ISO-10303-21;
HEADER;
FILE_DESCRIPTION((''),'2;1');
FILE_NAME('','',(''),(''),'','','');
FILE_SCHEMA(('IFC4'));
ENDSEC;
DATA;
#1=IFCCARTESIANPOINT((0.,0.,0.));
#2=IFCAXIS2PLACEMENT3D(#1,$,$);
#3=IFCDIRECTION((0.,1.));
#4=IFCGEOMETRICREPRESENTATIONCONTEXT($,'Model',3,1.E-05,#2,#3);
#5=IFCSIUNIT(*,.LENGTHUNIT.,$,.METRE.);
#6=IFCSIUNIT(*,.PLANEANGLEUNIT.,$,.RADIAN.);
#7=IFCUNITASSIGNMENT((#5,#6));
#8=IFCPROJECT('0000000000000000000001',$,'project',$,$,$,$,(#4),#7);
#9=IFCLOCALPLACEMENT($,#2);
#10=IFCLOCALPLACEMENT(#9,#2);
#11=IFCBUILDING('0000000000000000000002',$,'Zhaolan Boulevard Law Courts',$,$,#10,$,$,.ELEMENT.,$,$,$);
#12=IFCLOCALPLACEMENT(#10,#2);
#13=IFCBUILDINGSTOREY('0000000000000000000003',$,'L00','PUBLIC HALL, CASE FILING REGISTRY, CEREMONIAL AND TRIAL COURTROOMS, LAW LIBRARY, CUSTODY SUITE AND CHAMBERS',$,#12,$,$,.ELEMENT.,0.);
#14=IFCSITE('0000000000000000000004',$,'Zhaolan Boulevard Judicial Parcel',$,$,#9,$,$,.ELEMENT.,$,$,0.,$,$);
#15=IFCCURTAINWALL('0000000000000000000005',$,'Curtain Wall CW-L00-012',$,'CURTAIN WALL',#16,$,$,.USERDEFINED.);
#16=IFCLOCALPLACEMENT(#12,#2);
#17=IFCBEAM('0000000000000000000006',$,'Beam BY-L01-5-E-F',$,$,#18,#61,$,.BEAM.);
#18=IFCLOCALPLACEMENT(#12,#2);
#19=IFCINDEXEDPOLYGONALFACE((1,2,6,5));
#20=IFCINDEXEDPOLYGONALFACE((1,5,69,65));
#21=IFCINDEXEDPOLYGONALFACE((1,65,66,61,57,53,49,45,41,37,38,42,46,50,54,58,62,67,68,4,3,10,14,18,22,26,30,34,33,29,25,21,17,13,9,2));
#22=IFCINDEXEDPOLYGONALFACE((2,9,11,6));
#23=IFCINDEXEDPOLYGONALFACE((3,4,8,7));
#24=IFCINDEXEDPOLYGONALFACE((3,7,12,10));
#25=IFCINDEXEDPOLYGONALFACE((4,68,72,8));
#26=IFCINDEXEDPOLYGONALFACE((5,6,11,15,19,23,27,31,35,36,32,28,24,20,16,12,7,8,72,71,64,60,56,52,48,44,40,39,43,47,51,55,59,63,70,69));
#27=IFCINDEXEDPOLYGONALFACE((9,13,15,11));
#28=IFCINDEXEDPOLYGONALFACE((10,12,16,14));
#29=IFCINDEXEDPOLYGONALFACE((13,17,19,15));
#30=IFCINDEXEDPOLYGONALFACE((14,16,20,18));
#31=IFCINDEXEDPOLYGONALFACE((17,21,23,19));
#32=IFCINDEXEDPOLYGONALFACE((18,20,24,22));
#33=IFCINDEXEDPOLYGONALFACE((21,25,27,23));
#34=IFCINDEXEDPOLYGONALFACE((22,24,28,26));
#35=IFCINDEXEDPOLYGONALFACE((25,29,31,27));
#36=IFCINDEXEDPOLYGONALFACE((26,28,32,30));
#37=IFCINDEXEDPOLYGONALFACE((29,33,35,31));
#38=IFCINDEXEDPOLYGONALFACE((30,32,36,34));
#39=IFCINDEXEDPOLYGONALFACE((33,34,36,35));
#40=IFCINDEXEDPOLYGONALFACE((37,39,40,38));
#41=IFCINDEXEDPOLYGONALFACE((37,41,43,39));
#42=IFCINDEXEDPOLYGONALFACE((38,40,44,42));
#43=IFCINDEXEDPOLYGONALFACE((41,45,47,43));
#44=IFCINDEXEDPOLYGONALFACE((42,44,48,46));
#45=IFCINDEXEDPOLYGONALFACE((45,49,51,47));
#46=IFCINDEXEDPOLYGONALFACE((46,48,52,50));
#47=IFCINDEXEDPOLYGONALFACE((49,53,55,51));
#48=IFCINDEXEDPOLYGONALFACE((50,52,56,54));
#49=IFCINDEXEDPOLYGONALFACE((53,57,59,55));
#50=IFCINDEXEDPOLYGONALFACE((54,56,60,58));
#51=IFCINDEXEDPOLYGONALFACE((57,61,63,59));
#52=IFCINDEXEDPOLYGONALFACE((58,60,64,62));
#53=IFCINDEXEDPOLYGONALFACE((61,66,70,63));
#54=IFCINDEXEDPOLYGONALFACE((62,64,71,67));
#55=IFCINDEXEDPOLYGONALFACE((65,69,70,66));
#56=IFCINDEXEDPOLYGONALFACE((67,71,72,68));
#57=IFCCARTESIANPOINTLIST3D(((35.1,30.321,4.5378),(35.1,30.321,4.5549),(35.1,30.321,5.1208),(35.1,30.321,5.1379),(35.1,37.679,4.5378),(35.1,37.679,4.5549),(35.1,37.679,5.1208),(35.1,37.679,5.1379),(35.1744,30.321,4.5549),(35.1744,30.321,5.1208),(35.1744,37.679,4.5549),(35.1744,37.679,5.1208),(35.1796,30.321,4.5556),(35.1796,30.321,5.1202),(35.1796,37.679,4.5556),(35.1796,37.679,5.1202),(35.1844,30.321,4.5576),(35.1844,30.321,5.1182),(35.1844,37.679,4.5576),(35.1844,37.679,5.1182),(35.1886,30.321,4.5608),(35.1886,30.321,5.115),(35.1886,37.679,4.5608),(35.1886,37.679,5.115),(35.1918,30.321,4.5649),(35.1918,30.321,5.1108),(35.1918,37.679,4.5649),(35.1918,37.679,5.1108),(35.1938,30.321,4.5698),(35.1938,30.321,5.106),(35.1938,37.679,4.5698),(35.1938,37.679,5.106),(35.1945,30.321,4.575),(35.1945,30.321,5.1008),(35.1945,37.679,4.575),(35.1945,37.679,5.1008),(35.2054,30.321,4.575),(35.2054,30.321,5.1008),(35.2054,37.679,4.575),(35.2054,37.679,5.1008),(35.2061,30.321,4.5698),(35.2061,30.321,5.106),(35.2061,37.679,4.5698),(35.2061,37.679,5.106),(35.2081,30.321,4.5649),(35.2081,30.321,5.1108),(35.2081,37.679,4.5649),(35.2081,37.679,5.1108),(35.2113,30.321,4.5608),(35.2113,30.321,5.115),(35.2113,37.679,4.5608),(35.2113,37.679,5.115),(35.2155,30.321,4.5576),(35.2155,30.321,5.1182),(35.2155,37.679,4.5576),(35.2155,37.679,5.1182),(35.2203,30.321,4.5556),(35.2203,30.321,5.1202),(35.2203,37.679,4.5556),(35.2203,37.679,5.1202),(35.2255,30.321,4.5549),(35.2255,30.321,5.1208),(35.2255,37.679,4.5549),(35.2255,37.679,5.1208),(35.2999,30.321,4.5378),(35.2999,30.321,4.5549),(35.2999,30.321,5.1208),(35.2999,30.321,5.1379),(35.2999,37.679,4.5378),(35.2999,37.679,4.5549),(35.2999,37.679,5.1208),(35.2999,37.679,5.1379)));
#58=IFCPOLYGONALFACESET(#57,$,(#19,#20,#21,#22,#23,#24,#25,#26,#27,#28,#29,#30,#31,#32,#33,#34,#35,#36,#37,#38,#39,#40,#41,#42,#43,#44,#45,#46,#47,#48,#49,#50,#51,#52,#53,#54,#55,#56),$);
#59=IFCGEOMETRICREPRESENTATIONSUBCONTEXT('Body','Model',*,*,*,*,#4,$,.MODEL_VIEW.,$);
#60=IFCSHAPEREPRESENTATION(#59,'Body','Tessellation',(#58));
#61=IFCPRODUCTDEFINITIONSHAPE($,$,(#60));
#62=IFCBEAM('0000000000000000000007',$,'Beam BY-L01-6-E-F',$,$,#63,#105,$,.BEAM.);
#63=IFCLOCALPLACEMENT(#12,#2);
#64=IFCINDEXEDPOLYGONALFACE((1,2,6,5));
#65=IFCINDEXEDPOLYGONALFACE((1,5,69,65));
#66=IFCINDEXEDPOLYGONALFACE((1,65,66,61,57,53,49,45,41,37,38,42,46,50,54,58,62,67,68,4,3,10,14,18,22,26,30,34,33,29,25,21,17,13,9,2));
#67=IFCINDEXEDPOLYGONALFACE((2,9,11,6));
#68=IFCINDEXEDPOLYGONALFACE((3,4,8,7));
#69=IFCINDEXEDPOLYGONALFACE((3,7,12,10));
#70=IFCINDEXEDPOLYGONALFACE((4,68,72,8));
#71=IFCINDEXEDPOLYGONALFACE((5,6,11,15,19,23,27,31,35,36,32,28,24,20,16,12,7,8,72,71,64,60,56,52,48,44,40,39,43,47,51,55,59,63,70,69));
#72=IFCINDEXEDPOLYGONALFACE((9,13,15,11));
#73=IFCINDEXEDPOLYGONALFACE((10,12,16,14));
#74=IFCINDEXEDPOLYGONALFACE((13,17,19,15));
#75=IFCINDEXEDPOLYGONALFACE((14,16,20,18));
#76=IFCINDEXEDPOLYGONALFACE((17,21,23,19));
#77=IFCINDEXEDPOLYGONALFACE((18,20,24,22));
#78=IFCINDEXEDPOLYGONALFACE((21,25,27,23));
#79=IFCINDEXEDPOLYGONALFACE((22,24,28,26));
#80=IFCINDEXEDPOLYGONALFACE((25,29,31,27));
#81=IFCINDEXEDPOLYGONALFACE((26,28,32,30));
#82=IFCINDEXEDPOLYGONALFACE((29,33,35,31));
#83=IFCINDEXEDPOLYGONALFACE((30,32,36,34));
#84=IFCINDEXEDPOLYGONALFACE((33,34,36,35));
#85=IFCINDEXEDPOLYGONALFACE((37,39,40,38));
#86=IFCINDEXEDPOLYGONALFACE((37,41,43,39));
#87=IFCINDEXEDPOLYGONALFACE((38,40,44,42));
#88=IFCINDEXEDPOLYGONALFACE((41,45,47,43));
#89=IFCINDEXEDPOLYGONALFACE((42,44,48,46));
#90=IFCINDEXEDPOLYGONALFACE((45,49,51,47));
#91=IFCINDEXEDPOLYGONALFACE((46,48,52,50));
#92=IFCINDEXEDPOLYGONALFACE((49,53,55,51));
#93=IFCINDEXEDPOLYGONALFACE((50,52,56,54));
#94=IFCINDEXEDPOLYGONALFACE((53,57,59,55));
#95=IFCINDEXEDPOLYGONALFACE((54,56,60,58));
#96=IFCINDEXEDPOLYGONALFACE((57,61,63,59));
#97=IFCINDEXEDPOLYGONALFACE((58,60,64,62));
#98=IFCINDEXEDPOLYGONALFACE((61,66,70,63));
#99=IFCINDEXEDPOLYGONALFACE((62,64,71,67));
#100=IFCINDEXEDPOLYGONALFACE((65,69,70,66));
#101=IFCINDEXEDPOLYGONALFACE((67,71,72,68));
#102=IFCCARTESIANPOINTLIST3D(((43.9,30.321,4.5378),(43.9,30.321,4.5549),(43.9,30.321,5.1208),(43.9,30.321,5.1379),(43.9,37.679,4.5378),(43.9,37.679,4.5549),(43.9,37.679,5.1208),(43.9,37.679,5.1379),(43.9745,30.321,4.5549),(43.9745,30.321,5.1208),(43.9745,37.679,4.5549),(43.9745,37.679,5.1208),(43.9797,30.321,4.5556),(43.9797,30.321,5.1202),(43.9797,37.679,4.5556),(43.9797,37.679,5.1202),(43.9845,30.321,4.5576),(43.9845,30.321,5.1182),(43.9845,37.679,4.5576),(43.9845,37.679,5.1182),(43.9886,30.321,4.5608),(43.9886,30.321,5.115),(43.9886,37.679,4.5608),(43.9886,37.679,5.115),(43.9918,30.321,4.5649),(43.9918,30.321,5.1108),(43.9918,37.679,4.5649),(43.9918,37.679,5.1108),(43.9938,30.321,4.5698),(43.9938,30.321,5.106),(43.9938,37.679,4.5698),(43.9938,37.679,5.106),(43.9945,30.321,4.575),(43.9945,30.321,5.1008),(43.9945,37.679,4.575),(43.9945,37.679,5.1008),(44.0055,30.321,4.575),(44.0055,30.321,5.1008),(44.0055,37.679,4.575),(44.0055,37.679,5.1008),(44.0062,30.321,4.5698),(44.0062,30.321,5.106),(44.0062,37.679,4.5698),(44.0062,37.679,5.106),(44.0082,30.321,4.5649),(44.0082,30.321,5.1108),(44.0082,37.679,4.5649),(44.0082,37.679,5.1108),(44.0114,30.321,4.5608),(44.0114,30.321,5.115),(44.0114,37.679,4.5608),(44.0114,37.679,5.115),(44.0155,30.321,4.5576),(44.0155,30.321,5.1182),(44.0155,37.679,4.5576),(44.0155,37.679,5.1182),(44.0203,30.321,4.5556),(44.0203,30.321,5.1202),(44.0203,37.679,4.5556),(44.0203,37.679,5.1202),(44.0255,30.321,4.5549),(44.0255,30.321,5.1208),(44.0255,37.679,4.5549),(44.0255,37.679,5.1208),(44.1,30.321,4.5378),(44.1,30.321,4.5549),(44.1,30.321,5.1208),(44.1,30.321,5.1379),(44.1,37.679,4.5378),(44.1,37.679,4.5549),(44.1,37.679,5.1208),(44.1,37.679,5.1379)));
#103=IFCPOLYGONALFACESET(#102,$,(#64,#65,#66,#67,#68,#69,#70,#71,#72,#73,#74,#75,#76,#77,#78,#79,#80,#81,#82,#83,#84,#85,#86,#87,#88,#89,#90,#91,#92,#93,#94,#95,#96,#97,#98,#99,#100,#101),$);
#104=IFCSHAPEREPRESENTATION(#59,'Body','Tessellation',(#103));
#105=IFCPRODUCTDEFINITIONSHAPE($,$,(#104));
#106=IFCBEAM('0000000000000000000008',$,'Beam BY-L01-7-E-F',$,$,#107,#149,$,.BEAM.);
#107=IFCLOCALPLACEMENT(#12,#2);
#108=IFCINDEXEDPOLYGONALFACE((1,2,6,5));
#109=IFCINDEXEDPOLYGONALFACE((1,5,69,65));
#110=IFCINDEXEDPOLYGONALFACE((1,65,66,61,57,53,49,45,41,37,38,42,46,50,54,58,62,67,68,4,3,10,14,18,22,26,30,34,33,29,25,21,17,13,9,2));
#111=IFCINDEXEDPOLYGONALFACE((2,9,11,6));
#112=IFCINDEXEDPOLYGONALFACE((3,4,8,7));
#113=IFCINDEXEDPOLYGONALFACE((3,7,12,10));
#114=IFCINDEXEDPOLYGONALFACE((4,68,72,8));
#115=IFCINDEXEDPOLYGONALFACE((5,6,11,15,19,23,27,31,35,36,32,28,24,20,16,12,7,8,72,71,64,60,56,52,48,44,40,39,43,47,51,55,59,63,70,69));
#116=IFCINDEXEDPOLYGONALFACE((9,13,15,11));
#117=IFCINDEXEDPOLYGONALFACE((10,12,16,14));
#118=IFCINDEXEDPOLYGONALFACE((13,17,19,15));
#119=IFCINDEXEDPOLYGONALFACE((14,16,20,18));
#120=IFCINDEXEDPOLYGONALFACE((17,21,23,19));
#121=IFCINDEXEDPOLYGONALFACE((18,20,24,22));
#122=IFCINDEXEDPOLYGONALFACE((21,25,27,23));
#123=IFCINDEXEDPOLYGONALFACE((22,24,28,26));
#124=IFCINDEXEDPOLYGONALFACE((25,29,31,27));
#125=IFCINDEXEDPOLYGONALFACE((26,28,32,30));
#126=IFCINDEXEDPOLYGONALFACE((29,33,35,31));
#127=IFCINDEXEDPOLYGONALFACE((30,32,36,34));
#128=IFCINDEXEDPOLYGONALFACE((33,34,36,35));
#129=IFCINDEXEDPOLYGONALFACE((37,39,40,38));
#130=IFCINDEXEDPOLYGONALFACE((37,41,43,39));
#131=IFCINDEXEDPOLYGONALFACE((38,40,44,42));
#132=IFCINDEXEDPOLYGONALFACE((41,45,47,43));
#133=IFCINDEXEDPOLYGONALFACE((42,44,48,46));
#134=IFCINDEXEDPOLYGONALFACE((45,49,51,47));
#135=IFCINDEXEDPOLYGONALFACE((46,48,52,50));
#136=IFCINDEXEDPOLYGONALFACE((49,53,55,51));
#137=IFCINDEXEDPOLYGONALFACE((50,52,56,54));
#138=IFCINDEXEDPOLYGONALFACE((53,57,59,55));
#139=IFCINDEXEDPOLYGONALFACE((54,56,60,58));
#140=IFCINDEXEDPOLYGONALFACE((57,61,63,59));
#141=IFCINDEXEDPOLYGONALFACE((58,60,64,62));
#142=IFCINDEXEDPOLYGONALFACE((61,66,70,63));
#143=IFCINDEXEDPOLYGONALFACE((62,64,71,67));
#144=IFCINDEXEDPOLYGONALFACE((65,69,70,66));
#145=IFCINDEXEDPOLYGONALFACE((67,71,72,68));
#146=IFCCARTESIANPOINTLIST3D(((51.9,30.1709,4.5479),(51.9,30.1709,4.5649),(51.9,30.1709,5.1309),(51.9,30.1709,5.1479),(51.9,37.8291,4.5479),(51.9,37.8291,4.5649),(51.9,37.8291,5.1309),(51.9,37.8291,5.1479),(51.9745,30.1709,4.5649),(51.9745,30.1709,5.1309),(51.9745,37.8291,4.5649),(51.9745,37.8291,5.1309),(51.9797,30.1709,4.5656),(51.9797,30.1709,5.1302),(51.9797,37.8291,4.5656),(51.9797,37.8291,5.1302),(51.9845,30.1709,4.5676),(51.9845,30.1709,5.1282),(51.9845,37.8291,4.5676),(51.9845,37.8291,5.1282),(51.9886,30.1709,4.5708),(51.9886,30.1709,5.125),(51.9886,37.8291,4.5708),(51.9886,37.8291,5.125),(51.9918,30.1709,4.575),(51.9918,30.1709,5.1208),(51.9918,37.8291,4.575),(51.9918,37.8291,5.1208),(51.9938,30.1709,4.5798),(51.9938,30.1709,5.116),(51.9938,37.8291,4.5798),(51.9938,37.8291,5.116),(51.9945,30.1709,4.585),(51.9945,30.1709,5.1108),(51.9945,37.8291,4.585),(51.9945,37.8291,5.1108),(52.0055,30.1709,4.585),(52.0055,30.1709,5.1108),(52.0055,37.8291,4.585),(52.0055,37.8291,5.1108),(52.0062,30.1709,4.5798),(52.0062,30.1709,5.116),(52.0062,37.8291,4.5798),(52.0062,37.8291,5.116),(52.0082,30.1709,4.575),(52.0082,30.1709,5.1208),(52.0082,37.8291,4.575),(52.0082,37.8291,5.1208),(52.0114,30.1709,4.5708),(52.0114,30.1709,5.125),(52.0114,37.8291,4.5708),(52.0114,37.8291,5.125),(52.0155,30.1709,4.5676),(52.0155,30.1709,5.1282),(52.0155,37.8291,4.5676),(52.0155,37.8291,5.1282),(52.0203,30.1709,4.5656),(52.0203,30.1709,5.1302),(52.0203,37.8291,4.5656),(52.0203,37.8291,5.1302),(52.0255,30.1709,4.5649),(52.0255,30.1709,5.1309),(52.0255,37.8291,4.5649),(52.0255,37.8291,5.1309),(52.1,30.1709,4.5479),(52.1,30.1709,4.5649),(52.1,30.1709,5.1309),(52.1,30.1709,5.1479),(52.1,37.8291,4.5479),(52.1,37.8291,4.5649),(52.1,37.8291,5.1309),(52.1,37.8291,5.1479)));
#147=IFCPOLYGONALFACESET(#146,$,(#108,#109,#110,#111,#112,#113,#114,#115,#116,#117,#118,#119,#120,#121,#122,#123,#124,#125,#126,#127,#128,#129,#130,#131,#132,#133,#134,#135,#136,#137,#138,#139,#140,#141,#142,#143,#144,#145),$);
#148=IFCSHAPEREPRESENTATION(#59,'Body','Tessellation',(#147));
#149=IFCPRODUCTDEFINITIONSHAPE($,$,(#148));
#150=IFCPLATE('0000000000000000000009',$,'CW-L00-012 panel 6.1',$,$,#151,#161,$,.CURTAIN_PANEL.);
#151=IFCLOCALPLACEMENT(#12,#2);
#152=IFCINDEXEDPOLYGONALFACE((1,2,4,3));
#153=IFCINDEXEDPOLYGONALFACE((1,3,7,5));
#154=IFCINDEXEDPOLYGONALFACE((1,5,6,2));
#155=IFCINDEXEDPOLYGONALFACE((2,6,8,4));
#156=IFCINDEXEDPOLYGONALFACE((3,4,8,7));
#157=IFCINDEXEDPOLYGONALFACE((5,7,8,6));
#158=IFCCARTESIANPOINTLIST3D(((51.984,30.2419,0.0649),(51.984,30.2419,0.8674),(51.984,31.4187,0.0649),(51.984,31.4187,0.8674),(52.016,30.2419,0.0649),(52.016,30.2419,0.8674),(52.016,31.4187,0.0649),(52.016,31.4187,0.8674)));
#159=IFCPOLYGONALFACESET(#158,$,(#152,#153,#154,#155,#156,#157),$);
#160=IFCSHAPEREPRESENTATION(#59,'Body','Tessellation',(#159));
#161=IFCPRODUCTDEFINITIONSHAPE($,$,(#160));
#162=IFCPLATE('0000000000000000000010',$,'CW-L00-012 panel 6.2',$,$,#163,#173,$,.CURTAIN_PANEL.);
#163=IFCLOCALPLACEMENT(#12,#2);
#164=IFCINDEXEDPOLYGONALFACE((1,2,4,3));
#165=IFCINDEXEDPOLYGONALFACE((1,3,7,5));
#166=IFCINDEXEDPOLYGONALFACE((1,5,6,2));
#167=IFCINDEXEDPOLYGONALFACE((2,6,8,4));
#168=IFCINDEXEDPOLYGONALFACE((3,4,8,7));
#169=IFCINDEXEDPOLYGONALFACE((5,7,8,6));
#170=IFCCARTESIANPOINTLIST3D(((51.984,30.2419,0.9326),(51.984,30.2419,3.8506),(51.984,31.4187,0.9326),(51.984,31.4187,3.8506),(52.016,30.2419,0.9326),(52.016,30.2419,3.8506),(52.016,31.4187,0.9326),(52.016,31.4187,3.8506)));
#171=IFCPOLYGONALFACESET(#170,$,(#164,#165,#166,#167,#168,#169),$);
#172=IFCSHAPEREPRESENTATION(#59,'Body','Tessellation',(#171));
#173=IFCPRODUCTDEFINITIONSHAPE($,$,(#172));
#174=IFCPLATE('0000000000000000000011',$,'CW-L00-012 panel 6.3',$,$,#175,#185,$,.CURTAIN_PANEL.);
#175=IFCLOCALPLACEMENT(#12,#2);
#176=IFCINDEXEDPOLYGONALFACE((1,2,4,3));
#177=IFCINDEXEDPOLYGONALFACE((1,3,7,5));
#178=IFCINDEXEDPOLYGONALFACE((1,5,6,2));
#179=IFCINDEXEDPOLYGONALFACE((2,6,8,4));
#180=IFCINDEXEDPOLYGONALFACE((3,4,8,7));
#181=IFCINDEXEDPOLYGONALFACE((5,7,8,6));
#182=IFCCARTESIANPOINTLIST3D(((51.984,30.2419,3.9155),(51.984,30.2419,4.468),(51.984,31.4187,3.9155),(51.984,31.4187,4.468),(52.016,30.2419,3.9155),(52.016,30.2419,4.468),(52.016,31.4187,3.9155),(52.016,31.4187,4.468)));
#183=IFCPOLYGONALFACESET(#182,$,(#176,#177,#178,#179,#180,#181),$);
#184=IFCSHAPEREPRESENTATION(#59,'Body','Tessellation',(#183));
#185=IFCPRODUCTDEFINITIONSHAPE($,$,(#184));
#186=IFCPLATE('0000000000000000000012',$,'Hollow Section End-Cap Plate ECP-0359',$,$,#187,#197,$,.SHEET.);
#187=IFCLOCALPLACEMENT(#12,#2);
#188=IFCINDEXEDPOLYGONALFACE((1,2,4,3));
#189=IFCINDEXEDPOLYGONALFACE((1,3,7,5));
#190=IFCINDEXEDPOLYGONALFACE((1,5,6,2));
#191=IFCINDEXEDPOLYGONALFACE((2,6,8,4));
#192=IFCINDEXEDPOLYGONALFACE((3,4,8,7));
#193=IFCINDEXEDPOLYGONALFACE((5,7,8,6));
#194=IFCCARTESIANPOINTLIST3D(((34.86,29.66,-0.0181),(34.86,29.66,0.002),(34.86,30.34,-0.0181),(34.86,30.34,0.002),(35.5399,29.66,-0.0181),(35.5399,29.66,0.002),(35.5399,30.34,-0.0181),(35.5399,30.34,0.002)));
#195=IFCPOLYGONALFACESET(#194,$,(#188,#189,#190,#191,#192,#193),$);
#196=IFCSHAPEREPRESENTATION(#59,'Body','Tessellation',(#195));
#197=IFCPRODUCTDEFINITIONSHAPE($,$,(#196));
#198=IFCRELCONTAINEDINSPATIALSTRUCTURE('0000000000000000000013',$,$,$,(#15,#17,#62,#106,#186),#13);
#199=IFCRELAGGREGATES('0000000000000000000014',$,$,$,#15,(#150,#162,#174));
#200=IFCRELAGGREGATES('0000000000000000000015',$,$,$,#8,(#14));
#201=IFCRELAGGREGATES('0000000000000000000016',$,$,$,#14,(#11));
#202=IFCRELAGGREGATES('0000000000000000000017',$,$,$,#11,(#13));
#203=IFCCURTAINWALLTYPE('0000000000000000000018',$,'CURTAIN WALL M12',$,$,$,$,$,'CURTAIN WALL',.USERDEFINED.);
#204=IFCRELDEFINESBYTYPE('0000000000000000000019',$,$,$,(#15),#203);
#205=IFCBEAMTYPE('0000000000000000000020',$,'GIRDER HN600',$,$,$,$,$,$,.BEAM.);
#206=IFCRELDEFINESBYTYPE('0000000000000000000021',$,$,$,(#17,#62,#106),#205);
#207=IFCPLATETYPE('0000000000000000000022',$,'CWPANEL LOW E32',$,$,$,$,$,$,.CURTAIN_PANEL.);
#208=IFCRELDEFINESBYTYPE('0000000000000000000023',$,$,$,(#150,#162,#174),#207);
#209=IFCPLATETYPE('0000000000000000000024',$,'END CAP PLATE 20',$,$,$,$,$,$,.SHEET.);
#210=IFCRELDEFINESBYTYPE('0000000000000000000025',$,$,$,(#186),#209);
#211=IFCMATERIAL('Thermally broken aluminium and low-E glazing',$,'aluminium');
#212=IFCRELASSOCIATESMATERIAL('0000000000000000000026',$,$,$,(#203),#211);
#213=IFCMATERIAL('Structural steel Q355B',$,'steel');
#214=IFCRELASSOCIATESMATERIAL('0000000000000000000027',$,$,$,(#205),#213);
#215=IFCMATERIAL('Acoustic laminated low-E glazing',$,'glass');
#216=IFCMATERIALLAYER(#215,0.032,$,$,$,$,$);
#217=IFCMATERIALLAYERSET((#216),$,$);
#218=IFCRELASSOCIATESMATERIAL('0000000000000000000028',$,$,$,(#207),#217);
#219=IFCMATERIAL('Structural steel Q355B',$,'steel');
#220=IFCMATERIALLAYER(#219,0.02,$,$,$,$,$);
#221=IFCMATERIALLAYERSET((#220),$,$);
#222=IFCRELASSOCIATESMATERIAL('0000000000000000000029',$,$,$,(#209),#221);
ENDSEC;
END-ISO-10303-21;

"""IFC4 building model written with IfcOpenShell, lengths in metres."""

from ifc_helpers import new_model, si_unit, direction, frame, origin, origin_2d, place, context, subcontext, project, spatial, rectangle, i_section, extrude, material, layer, layer_set, material_profile, profile_set, type_object, element, aggregate, save


model = new_model("IFC4")

# Units and contexts
model_context = context("Model", 3, precision=1e-05, world=origin(), true_north=direction((0.0, 1.0)))
body_context = subcontext(model_context, "Body", "Model", "MODEL_VIEW")
ifc_project = project(units=[si_unit("LENGTHUNIT", "METRE"), si_unit("PLANEANGLEUNIT", "RADIAN")], contexts=[model_context])

# Site, building, storey
site_placement = place(None, origin())
site = spatial("IfcSite", under=ifc_project, at=site_placement, Name="Zhaolan Boulevard Judicial Parcel", CompositionType="ELEMENT", RefElevation=0.0)
building_placement = place(site_placement, origin())
building = spatial("IfcBuilding", under=site, at=building_placement, Name="Zhaolan Boulevard Law Courts", CompositionType="ELEMENT")
storey_placement = place(building_placement, origin())
storey = spatial("IfcBuildingStorey", under=building, at=storey_placement, Name="L00", Description="PUBLIC HALL, CASE FILING REGISTRY, CEREMONIAL AND TRIAL COURTROOMS, LAW LIBRARY, CUSTODY SUITE AND CHAMBERS", CompositionType="ELEMENT", Elevation=0.0)

# Curtain wall
ifc_material_1 = material(Name="Thermally broken aluminium and low-E glazing", Category="aluminium")
curtain_wall_type_1 = type_object("IfcCurtainWallType", Name="CURTAIN WALL M12", ElementType="CURTAIN WALL", PredefinedType="USERDEFINED", material=ifc_material_1)
curtain_wall_1_placement = place(storey_placement, origin())
curtain_wall_1 = element("IfcCurtainWall", 1, at=curtain_wall_1_placement, inside=storey, type_object=curtain_wall_type_1, Name="Curtain Wall CW-L00-012", ObjectType="CURTAIN WALL", PredefinedType="USERDEFINED")

# Beams
ifc_material_2 = material(Name="Structural steel Q355B", Category="steel")
ifc_material_profile_1 = material_profile(ifc_material_2, i_section(OverallWidth=0.2, OverallDepth=0.6001, WebThickness=0.011, FlangeThickness=0.0171, FilletRadius=0.02, at=origin_2d()), Name="HN600x200")
ifc_profile_set_1 = profile_set([ifc_material_profile_1], Name="Structural steel Q355B")
beam_type_1 = type_object("IfcBeamType", Name="GIRDER HN600", PredefinedType="BEAM", material=ifc_profile_set_1)
for number, where, z_axis, x_axis, name in (
    (2, (35.2, 30.321, 4.8379), (0.0, 1.0, 0.0), (-1.0, 0.0, 0.0), "Beam BY-L01-5-E-F"),
    (3, (44.0, 30.321, 4.8379), (0.0, 1.0, 0.0), (-1.0, 0.0, 0.0), "Beam BY-L01-6-E-F"),
):
    element("IfcBeam", number, at=place(storey_placement, frame(where, z_axis=z_axis, x_axis=x_axis)), inside=storey, type_object=beam_type_1, Name=name, PredefinedType="BEAM", context=body_context, shape_type="SweptSolid", body=[
        extrude(i_section(OverallWidth=0.2, OverallDepth=0.6001, WebThickness=0.011, FlangeThickness=0.0171, FilletRadius=0.02, at=origin_2d()), origin(), (0.0, 0.0, 1.0), 7.3579),
    ])
beam_1_placement = place(storey_placement, frame((52.0, 30.1709, 4.8479), z_axis=(0.0, 1.0, 0.0), x_axis=(-1.0, 0.0, 0.0)))
element("IfcBeam", 4, at=beam_1_placement, inside=storey, type_object=beam_type_1, Name="Beam BY-L01-7-E-F", PredefinedType="BEAM", context=body_context, shape_type="SweptSolid", body=[
    extrude(i_section(OverallWidth=0.2, OverallDepth=0.6001, WebThickness=0.011, FlangeThickness=0.0171, FilletRadius=0.02, at=origin_2d()), origin(), (0.0, 0.0, 1.0), 7.6582),
])

# Plates
ifc_material_3 = material(Name="Acoustic laminated low-E glazing", Category="glass")
ifc_layer_1 = layer(ifc_material_3, 0.032)
ifc_layer_set_1 = layer_set([ifc_layer_1])
plate_type_1 = type_object("IfcPlateType", Name="CWPANEL LOW E32", PredefinedType="CURTAIN_PANEL", material=ifc_layer_set_1)
plate_1_placement = place(storey_placement, frame((52.0, 30.8303, 0.0649), z_axis=(0.0, 0.0, 1.0), x_axis=(0.0, -1.0, 0.0)))
plate_1 = element("IfcPlate", 5, at=plate_1_placement, type_object=plate_type_1, Name="CW-L00-012 panel 6.1", PredefinedType="CURTAIN_PANEL", context=body_context, shape_type="SweptSolid", body=[
    extrude(rectangle(XDim=1.1768, YDim=0.032, at=origin_2d()), origin(), (0.0, 0.0, 1.0), 0.8025),
])
plate_2_placement = place(storey_placement, frame((52.0, 30.8303, 0.9326), z_axis=(0.0, 0.0, 1.0), x_axis=(0.0, -1.0, 0.0)))
plate_2 = element("IfcPlate", 6, at=plate_2_placement, type_object=plate_type_1, Name="CW-L00-012 panel 6.2", PredefinedType="CURTAIN_PANEL", context=body_context, shape_type="SweptSolid", body=[
    extrude(rectangle(XDim=1.1768, YDim=0.032, at=origin_2d()), origin(), (0.0, 0.0, 1.0), 2.918),
])
plate_3_placement = place(storey_placement, frame((52.0, 30.8303, 3.9155), z_axis=(0.0, 0.0, 1.0), x_axis=(0.0, -1.0, 0.0)))
plate_3 = element("IfcPlate", 7, at=plate_3_placement, type_object=plate_type_1, Name="CW-L00-012 panel 6.3", PredefinedType="CURTAIN_PANEL", context=body_context, shape_type="SweptSolid", body=[
    extrude(rectangle(XDim=1.1768, YDim=0.032, at=origin_2d()), origin(), (0.0, 0.0, 1.0), 0.5525),
])
aggregate(curtain_wall_1, [plate_1, plate_2, plate_3])

# Plate
ifc_material_4 = material(Name="Structural steel Q355B", Category="steel")
ifc_layer_2 = layer(ifc_material_4, 0.02)
ifc_layer_set_2 = layer_set([ifc_layer_2])
plate_type_2 = type_object("IfcPlateType", Name="END CAP PLATE 20", PredefinedType="SHEET", material=ifc_layer_set_2)
for number, where, z_axis, x_axis, name in (
    (8, (35.2, 30.0, -0.0181), (0.0, 0.0, 1.0), (1.0, 0.0, 0.0), "Hollow Section End-Cap Plate ECP-0359"),
):
    element("IfcPlate", number, at=place(storey_placement, frame(where, z_axis=z_axis, x_axis=x_axis)), inside=storey, type_object=plate_type_2, Name=name, PredefinedType="SHEET", context=body_context, shape_type="SweptSolid", body=[
        extrude(rectangle(XDim=0.6799, YDim=0.6799, at=origin_2d()), origin(), (0.0, 0.0, 1.0), 0.02),
    ])

save(model, "model.ifc")
